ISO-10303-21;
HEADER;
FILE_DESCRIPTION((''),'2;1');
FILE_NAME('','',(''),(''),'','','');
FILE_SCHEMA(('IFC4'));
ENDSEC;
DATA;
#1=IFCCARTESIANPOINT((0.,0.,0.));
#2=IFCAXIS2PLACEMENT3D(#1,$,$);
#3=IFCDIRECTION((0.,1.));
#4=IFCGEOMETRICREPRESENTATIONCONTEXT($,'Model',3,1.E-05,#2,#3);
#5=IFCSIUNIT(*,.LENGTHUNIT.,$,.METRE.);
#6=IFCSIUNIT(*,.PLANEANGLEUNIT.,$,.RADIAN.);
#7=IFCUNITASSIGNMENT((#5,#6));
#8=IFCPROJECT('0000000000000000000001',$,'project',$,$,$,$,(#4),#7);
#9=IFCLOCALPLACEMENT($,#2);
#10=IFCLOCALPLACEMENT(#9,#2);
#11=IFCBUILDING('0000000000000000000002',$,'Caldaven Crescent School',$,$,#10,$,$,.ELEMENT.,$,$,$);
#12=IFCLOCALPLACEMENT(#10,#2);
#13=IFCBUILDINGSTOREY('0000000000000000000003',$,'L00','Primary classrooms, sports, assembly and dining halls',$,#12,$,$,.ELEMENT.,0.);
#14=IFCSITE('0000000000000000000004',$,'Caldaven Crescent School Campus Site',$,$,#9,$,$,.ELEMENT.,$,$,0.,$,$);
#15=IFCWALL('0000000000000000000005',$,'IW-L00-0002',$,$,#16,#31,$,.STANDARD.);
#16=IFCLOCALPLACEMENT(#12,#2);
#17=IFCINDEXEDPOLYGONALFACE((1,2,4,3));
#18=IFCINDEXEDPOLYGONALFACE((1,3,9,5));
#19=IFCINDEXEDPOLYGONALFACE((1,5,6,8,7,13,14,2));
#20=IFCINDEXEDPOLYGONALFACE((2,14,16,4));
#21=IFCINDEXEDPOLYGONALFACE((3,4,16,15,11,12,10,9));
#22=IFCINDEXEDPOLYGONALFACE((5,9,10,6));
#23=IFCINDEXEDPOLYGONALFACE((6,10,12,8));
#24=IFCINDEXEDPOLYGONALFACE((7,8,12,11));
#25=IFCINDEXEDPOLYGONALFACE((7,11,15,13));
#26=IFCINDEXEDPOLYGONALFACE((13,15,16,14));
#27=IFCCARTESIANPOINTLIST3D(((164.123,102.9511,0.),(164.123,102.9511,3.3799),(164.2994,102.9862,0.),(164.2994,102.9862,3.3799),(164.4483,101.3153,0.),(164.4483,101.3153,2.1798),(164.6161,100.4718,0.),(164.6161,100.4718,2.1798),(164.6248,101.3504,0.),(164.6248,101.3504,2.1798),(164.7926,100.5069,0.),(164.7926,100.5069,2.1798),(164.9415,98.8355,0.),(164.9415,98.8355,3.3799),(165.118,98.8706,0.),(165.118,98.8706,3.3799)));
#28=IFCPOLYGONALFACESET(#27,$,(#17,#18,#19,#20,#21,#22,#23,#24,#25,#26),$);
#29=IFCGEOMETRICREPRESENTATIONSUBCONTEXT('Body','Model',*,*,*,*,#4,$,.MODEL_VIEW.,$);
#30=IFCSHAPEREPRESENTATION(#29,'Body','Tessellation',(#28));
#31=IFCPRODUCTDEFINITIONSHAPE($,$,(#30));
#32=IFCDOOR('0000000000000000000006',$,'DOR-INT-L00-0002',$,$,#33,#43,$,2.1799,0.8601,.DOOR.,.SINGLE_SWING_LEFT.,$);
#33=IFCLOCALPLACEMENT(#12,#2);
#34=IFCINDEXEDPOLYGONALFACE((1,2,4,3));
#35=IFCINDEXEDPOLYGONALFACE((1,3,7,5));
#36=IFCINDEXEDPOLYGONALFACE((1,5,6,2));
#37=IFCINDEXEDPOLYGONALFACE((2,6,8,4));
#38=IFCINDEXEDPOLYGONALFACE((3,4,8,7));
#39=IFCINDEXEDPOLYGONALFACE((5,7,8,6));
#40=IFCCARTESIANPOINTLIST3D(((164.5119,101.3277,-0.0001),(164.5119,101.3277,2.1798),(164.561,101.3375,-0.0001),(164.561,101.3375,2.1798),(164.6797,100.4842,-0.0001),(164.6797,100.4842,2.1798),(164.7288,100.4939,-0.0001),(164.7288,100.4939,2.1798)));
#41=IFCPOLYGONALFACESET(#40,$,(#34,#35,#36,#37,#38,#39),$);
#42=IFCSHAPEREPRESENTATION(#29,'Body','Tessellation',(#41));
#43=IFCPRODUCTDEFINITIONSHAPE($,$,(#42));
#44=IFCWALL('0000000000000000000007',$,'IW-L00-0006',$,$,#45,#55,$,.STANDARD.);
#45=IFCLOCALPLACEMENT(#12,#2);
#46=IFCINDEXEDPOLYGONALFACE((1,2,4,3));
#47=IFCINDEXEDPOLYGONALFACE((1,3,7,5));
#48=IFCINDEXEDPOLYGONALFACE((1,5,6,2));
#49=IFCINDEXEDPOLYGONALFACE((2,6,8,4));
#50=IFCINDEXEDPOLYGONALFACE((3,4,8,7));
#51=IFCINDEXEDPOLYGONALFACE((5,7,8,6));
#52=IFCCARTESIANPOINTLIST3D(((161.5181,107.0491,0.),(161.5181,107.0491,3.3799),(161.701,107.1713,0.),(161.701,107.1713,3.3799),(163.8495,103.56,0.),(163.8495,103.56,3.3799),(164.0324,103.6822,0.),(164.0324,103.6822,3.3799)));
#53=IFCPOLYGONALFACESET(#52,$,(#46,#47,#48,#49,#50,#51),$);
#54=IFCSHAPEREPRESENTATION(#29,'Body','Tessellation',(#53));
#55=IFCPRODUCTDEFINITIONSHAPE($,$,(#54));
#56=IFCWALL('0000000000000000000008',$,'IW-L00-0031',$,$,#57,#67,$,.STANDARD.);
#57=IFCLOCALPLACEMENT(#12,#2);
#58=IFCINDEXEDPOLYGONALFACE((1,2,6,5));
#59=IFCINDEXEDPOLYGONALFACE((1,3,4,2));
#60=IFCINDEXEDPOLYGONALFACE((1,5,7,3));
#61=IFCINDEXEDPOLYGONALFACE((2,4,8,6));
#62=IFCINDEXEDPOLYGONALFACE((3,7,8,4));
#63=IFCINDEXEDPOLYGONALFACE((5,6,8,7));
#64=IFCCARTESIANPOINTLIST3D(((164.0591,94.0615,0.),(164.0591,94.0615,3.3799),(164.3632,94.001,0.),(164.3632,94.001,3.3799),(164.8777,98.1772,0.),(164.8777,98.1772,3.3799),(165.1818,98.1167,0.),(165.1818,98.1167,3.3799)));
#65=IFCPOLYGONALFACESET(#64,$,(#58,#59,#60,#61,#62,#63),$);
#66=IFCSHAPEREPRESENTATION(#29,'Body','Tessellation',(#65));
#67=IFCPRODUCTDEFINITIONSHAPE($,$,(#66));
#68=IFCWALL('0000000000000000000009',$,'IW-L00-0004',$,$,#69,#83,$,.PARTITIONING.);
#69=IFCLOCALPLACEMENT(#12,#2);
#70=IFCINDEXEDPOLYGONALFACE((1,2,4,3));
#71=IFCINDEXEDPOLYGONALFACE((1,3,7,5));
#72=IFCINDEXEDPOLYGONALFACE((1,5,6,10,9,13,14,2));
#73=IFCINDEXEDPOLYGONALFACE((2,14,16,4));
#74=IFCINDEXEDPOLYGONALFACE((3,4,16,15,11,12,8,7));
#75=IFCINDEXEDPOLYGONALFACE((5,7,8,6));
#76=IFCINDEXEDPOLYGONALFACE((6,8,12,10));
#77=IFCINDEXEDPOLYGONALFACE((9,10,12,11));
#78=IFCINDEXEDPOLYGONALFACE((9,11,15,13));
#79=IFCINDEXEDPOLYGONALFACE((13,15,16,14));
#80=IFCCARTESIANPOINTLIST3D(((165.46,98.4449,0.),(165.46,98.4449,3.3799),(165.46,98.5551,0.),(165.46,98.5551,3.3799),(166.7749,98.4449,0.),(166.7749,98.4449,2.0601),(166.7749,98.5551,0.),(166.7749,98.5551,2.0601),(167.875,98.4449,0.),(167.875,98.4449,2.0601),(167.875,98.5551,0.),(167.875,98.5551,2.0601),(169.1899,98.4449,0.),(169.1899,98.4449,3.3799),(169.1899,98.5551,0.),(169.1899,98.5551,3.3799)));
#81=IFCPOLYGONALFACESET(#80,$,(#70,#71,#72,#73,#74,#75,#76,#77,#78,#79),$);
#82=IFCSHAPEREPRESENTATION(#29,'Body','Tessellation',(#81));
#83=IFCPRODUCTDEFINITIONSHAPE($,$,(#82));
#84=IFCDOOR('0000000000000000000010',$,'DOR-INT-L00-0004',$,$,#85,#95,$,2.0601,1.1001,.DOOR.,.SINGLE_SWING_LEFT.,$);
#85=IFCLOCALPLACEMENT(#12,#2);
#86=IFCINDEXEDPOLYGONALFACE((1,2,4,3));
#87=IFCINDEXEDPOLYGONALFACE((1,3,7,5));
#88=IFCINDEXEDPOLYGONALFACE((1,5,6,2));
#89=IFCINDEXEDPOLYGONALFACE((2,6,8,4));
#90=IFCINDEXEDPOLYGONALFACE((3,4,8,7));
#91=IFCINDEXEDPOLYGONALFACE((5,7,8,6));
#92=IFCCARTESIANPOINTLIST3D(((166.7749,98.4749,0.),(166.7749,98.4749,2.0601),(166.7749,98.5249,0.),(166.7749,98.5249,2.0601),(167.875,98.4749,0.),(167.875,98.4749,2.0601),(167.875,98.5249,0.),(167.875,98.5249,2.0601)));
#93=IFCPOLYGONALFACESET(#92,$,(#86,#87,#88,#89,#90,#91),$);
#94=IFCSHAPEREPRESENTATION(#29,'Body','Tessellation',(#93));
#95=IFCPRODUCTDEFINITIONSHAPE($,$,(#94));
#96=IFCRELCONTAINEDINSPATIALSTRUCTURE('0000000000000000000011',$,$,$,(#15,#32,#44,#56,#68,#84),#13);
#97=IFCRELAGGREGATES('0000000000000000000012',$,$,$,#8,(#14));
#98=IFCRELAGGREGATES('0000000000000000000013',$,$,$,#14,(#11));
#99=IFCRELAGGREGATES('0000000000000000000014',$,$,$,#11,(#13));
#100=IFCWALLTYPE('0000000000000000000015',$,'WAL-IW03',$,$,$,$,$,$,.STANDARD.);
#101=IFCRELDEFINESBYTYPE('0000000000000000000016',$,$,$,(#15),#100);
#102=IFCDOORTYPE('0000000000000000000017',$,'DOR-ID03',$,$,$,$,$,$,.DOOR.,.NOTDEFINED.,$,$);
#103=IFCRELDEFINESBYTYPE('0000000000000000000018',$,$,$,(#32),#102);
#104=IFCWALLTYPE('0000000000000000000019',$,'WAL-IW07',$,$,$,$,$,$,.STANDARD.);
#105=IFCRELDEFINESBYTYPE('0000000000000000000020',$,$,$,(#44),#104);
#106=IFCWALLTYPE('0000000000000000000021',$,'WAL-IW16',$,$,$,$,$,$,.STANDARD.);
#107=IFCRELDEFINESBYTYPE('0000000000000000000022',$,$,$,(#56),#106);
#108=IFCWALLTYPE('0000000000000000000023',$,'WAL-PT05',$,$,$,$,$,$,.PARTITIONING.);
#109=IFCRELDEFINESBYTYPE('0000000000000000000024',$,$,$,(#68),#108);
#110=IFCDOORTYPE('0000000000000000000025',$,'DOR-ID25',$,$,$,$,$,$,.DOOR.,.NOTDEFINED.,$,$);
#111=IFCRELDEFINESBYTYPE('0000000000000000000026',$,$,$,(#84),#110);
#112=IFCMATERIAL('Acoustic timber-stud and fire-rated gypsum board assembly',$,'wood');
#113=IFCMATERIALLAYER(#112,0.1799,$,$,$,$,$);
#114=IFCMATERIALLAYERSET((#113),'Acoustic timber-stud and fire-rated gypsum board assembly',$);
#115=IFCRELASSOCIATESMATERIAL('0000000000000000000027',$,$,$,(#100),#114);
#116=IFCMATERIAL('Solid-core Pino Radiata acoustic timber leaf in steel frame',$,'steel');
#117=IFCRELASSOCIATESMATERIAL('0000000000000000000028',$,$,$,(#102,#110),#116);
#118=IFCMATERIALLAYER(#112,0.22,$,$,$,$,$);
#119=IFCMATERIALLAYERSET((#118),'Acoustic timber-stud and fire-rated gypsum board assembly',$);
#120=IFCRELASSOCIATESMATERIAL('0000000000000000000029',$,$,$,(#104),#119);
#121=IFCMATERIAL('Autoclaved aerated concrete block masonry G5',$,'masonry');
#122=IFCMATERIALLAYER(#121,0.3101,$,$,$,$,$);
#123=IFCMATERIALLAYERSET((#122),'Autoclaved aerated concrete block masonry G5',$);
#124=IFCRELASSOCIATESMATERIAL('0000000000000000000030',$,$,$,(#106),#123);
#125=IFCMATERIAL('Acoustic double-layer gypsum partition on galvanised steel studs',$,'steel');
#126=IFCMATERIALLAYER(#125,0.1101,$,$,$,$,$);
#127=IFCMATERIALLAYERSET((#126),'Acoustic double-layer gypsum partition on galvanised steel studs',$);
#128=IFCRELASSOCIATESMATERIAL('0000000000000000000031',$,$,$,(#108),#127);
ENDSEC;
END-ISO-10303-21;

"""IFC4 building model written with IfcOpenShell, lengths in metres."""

from ifc_helpers import new_model, si_unit, direction, frame, frame_2d, origin, place, context, subcontext, project, spatial, rectangle, extrude, material, layer, layer_set, type_object, element, fill, save


model = new_model("IFC4")

# Units and contexts
model_context = context("Model", 3, precision=1e-05, world=origin(), true_north=direction((0.0, 1.0)))
body_context = subcontext(model_context, "Body", "Model", "MODEL_VIEW")
ifc_project = project(units=[si_unit("LENGTHUNIT", "METRE"), si_unit("PLANEANGLEUNIT", "RADIAN")], contexts=[model_context])

# Site, building, storey
site_placement = place(None, origin())
site = spatial("IfcSite", under=ifc_project, at=site_placement, Name="Caldaven Crescent School Campus Site", CompositionType="ELEMENT", RefElevation=0.0)
building_placement = place(site_placement, origin())
building = spatial("IfcBuilding", under=site, at=building_placement, Name="Caldaven Crescent School", CompositionType="ELEMENT")
storey_placement = place(building_placement, origin())
storey = spatial("IfcBuildingStorey", under=building, at=storey_placement, Name="L00", Description="Primary classrooms, sports, assembly and dining halls", CompositionType="ELEMENT", Elevation=0.0)

# Wall, opening, door
ifc_material_1 = material(Name="Acoustic timber-stud and fire-rated gypsum board assembly", Category="wood")
ifc_layer_1 = layer(ifc_material_1, 0.1799)
ifc_layer_set_1 = layer_set([ifc_layer_1], Name="Acoustic timber-stud and fire-rated gypsum board assembly")
wall_type_1 = type_object("IfcWallType", Name="WAL-IW03", PredefinedType="STANDARD", material=ifc_layer_set_1)
wall_1_placement = place(storey_placement, frame((165.0298, 98.853, 0.0), z_axis=(0.0, 0.0, 1.0), x_axis=(-0.195076, 0.980788, 0.0)))
wall_1 = element("IfcWall", 1, at=wall_1_placement, inside=storey, type_object=wall_type_1, Name="IW-L00-0002", PredefinedType="STANDARD", context=body_context, shape_type="SweptSolid", body=[
    extrude(rectangle(XDim=4.1963, YDim=0.1799, at=frame_2d((2.0981, 0.0))), origin(), (0.0, 0.0, 1.0), 3.3799),
])
opening_1_placement = place(wall_1_placement, frame((1.6682, 0.0, 0.0)))
opening_1 = element("IfcOpeningElement", 2, at=opening_1_placement, cuts=wall_1, PredefinedType="OPENING", context=body_context, shape_type="SweptSolid", body=[
    extrude(rectangle(XDim=0.8601, YDim=2.1799, at=frame_2d((0.4302, 1.0898))), frame((0.0, 0.0999, 0.0), z_axis=(0.0, -1.0, 0.0), x_axis=(1.0, 0.0, 0.0)), (0.0, 0.0, 1.0), 0.2),
])
ifc_material_2 = material(Name="Solid-core Pino Radiata acoustic timber leaf in steel frame", Category="steel")
door_type_1 = type_object("IfcDoorType", Name="DOR-ID03", OperationType="NOTDEFINED", PredefinedType="DOOR", material=ifc_material_2)
door_1_placement = place(opening_1_placement, frame((0.8601, 0.0, 0.0), z_axis=(0.0, 0.0, 1.0), x_axis=(-1.0, 0.0, 0.0)))
door_1 = element("IfcDoor", 3, at=door_1_placement, inside=storey, type_object=door_type_1, Name="DOR-INT-L00-0002", OperationType="SINGLE_SWING_LEFT", OverallHeight=2.1799, OverallWidth=0.8601, PredefinedType="DOOR", context=body_context, shape_type="SweptSolid", body=[
    extrude(rectangle(XDim=0.8601, YDim=2.1799, at=frame_2d((0.4302, 1.0898))), frame((0.0, 0.0249, 0.0), z_axis=(0.0, -1.0, 0.0), x_axis=(1.0, 0.0, 0.0)), (0.0, 0.0, 1.0), 0.05),
])
fill(opening_1, door_1)

# Walls
ifc_layer_2 = layer(ifc_material_1, 0.22)
ifc_layer_set_2 = layer_set([ifc_layer_2], Name="Acoustic timber-stud and fire-rated gypsum board assembly")
wall_type_2 = type_object("IfcWallType", Name="WAL-IW07", PredefinedType="STANDARD", material=ifc_layer_set_2)
wall_2_placement = place(storey_placement, frame((163.9409, 103.6211, 0.0), z_axis=(0.0, 0.0, 1.0), x_axis=(-0.555573, 0.831468, 0.0)))
element("IfcWall", 4, at=wall_2_placement, inside=storey, type_object=wall_type_2, Name="IW-L00-0006", PredefinedType="STANDARD", context=body_context, shape_type="SweptSolid", body=[
    extrude(rectangle(XDim=4.1963, YDim=0.22, at=frame_2d((2.0981, 0.0))), origin(), (0.0, 0.0, 1.0), 3.3799),
])
ifc_material_3 = material(Name="Autoclaved aerated concrete block masonry G5", Category="masonry")
ifc_layer_3 = layer(ifc_material_3, 0.3101)
ifc_layer_set_3 = layer_set([ifc_layer_3], Name="Autoclaved aerated concrete block masonry G5")
wall_type_3 = type_object("IfcWallType", Name="WAL-IW16", PredefinedType="STANDARD", material=ifc_layer_set_3)
wall_3_placement = place(storey_placement, frame((164.2112, 94.0312, 0.0), z_axis=(0.0, 0.0, 1.0), x_axis=(0.195076, 0.980788, 0.0)))
element("IfcWall", 5, at=wall_3_placement, inside=storey, type_object=wall_type_3, Name="IW-L00-0031", PredefinedType="STANDARD", context=body_context, shape_type="SweptSolid", body=[
    extrude(rectangle(XDim=4.1963, YDim=0.3101, at=frame_2d((2.0981, 0.0))), origin(), (0.0, 0.0, 1.0), 3.3799),
])

# Wall, opening, door
ifc_material_4 = material(Name="Acoustic double-layer gypsum partition on galvanised steel studs", Category="steel")
ifc_layer_4 = layer(ifc_material_4, 0.1101)
ifc_layer_set_4 = layer_set([ifc_layer_4], Name="Acoustic double-layer gypsum partition on galvanised steel studs")
wall_type_4 = type_object("IfcWallType", Name="WAL-PT05", PredefinedType="PARTITIONING", material=ifc_layer_set_4)
wall_4_placement = place(storey_placement, frame((165.46, 98.5, 0.0), z_axis=(0.0, 0.0, 1.0), x_axis=(1.0, 0.0, 0.0)))
wall_4 = element("IfcWall", 6, at=wall_4_placement, inside=storey, type_object=wall_type_4, Name="IW-L00-0004", PredefinedType="PARTITIONING", context=body_context, shape_type="SweptSolid", body=[
    extrude(rectangle(XDim=3.73, YDim=0.1101, at=frame_2d((1.865, 0.0))), origin(), (0.0, 0.0, 1.0), 3.3799),
])
opening_2_placement = place(wall_4_placement, frame((1.3149, 0.0, 0.0)))
opening_2 = element("IfcOpeningElement", 7, at=opening_2_placement, cuts=wall_4, PredefinedType="OPENING", context=body_context, shape_type="SweptSolid", body=[
    extrude(rectangle(XDim=1.1001, YDim=2.0601, at=frame_2d((0.55, 1.03))), frame((0.0, 0.0649, 0.0), z_axis=(0.0, -1.0, 0.0), x_axis=(1.0, 0.0, 0.0)), (0.0, 0.0, 1.0), 0.1301),
])
door_type_2 = type_object("IfcDoorType", Name="DOR-ID25", OperationType="NOTDEFINED", PredefinedType="DOOR", material=ifc_material_2)
door_2_placement = place(opening_2_placement, origin())
door_2 = element("IfcDoor", 8, at=door_2_placement, inside=storey, type_object=door_type_2, Name="DOR-INT-L00-0004", OperationType="SINGLE_SWING_LEFT", OverallHeight=2.0601, OverallWidth=1.1001, PredefinedType="DOOR", context=body_context, shape_type="SweptSolid", body=[
    extrude(rectangle(XDim=1.1001, YDim=2.0601, at=frame_2d((0.55, 1.03))), frame((0.0, 0.0249, 0.0), z_axis=(0.0, -1.0, 0.0), x_axis=(1.0, 0.0, 0.0)), (0.0, 0.0, 1.0), 0.05),
])
fill(opening_2, door_2)

save(model, "model.ifc")
